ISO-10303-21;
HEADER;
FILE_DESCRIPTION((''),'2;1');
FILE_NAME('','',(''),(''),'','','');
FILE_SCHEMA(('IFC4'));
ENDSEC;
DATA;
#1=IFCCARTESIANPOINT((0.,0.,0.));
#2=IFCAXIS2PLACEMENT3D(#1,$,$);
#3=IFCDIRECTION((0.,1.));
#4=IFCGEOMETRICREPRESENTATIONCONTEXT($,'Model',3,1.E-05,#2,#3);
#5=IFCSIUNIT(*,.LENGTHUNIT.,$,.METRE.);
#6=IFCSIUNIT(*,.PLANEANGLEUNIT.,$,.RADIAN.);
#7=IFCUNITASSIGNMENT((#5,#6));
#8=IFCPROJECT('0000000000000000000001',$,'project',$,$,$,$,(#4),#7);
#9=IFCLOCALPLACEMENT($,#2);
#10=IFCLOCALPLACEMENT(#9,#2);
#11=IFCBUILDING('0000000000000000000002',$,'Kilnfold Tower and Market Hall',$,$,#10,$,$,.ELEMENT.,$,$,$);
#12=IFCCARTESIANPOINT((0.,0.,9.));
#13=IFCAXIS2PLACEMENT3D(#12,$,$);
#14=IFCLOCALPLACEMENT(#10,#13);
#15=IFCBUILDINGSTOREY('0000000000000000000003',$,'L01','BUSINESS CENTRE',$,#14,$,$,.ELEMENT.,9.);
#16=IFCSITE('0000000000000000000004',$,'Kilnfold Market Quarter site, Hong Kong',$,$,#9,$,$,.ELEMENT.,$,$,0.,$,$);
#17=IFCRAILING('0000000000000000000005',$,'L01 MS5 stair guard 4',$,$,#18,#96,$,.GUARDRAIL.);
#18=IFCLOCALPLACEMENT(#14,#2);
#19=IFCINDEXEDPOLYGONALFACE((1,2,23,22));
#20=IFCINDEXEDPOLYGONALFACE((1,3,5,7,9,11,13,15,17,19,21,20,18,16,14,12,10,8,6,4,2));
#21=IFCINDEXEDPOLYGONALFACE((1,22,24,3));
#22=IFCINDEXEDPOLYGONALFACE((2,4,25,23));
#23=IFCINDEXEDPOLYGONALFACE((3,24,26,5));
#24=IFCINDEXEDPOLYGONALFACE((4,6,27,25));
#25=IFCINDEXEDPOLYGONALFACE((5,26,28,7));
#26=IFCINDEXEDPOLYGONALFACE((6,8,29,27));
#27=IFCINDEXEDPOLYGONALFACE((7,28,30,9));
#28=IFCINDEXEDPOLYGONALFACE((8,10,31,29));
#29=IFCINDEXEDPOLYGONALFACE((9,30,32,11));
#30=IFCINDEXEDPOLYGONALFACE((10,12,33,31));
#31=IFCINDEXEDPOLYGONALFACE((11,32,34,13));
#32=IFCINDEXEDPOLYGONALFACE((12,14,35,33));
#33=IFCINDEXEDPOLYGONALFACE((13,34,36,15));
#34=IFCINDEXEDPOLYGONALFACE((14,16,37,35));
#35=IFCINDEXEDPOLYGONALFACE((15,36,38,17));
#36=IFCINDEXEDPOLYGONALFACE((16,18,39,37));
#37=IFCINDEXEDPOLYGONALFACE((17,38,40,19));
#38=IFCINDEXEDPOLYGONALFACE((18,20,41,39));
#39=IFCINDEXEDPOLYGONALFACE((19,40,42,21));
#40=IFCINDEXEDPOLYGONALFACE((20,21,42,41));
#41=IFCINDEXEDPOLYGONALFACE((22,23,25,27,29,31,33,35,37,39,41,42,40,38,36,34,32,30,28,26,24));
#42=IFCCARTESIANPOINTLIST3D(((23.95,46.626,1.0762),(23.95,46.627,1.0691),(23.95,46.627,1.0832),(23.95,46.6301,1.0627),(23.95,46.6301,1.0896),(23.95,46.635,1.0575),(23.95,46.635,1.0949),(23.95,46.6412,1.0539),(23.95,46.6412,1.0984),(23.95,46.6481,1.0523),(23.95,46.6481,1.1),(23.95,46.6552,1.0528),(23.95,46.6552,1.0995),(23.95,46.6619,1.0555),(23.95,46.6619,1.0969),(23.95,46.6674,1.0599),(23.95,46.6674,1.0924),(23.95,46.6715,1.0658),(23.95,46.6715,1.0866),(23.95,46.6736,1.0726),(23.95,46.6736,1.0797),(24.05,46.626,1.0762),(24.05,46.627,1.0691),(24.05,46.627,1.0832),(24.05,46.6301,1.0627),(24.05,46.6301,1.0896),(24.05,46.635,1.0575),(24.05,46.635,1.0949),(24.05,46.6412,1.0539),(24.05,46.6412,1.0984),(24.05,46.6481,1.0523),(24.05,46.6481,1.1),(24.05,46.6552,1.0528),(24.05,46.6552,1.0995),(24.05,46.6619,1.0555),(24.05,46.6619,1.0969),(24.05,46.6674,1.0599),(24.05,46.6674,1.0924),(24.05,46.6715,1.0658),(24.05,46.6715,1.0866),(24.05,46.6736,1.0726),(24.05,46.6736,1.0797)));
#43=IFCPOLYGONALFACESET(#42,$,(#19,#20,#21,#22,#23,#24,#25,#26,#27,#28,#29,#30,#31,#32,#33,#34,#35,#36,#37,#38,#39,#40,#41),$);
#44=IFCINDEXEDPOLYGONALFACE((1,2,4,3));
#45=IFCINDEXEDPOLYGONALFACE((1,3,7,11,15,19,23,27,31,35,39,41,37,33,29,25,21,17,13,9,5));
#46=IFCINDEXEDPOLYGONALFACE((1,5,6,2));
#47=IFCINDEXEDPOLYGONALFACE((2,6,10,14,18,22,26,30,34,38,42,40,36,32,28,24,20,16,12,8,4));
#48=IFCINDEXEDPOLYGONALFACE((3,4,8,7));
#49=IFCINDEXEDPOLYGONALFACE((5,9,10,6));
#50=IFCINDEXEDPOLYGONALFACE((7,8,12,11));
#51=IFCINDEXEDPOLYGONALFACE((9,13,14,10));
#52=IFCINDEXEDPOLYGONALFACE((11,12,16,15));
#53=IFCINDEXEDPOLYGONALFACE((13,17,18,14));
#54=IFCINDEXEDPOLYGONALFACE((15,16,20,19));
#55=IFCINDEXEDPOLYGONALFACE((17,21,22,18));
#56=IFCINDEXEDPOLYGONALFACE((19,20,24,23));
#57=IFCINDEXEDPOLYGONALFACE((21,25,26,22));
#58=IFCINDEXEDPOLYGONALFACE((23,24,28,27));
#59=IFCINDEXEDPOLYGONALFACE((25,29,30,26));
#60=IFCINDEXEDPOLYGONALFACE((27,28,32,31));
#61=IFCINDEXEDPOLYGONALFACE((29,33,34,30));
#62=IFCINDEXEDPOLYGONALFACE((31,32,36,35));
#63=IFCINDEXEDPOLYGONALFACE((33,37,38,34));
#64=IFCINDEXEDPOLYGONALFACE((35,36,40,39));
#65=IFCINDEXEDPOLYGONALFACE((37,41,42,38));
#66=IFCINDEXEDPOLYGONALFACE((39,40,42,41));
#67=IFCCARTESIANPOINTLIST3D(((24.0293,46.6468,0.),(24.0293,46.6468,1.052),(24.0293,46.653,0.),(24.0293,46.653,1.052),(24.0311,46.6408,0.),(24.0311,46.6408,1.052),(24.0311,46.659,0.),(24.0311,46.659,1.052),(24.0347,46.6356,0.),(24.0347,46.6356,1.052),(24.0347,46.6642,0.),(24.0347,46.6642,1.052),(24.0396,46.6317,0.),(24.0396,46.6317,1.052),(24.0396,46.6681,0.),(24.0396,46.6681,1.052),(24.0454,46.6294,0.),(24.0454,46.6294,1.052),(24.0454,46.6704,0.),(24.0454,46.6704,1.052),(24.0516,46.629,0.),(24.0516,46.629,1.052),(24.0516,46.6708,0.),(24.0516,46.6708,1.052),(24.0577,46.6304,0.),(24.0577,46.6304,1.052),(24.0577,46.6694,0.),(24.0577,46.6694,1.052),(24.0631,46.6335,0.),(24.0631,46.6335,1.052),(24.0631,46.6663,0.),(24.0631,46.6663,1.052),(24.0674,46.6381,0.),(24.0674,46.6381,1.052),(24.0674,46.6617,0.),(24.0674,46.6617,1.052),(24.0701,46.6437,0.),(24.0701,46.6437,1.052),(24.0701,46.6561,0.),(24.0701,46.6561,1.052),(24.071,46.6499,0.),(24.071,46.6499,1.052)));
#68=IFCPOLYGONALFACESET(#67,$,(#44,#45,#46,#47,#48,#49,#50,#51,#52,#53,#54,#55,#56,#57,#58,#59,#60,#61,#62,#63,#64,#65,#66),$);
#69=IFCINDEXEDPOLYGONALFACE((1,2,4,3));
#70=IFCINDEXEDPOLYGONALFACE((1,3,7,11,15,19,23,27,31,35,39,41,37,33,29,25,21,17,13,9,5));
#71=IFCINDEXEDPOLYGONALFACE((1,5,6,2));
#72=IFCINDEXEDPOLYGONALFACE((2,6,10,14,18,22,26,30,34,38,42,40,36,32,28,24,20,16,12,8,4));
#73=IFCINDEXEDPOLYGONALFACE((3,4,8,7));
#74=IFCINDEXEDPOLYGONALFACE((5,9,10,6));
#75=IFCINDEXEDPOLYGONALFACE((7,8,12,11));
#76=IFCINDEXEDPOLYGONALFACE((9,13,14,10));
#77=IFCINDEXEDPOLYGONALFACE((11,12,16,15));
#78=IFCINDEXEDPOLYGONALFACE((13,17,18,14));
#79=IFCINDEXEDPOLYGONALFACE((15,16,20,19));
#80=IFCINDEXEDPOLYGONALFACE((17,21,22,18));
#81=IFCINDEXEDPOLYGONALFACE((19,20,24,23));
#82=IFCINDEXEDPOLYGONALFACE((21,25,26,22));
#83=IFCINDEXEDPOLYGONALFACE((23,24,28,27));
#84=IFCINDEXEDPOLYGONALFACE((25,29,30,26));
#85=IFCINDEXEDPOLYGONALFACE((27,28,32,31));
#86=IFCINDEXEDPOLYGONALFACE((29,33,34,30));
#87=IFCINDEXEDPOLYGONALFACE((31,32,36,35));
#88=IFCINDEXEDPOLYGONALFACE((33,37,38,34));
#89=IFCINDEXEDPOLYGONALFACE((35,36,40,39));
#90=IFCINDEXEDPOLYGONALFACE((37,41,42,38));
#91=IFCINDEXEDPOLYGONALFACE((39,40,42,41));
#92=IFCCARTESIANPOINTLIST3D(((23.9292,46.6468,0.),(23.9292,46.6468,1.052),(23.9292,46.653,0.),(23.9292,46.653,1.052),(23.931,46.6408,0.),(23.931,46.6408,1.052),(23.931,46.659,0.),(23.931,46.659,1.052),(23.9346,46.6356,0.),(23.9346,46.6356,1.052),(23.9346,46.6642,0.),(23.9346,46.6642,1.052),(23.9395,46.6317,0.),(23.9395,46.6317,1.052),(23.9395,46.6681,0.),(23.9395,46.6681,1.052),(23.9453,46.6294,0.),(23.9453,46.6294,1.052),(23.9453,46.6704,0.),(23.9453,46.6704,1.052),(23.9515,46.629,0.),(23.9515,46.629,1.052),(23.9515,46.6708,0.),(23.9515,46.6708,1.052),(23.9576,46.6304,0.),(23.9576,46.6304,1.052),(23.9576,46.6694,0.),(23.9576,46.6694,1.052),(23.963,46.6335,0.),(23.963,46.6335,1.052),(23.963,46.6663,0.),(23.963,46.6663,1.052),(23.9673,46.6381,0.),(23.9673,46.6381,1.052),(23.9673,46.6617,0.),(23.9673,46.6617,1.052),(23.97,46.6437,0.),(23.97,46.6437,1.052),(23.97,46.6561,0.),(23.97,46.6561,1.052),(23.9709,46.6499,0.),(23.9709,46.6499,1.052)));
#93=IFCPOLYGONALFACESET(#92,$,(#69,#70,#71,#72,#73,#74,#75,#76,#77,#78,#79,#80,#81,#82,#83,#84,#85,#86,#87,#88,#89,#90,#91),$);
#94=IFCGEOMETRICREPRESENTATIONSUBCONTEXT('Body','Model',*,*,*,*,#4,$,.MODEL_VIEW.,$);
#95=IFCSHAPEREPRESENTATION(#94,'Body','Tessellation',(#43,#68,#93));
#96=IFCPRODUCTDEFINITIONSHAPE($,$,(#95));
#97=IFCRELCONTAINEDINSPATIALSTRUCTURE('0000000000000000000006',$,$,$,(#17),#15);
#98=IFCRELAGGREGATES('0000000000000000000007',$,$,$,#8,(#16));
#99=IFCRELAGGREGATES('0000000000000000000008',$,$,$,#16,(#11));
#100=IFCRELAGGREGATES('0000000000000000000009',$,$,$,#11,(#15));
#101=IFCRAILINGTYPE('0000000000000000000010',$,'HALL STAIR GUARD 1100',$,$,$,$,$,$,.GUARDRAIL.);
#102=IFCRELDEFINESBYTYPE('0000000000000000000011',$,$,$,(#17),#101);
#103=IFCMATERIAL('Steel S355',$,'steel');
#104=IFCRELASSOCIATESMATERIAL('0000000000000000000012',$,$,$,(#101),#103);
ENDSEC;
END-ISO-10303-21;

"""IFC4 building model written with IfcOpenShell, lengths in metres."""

from ifc_helpers import new_model, si_unit, direction, frame, origin, origin_2d, place, context, subcontext, project, spatial, circle, extrude, material, type_object, element, save


model = new_model("IFC4")

# Units and contexts
model_context = context("Model", 3, precision=1e-05, world=origin(), true_north=direction((0.0, 1.0)))
body_context = subcontext(model_context, "Body", "Model", "MODEL_VIEW")
ifc_project = project(units=[si_unit("LENGTHUNIT", "METRE"), si_unit("PLANEANGLEUNIT", "RADIAN")], contexts=[model_context])

# Site, building, storey
site_placement = place(None, origin())
site = spatial("IfcSite", under=ifc_project, at=site_placement, Name="Kilnfold Market Quarter site, Hong Kong", CompositionType="ELEMENT", RefElevation=0.0)
building_placement = place(site_placement, origin())
building = spatial("IfcBuilding", under=site, at=building_placement, Name="Kilnfold Tower and Market Hall", CompositionType="ELEMENT")
storey_placement = place(building_placement, frame((0.0, 0.0, 9.0)))
storey = spatial("IfcBuildingStorey", under=building, at=storey_placement, Name="L01", Description="BUSINESS CENTRE", CompositionType="ELEMENT", Elevation=9.0)

# Railing
ifc_material_1 = material(Name="Steel S355", Category="steel")
railing_type_1 = type_object("IfcRailingType", Name="HALL STAIR GUARD 1100", PredefinedType="GUARDRAIL", material=ifc_material_1)
railing_1_placement = place(storey_placement, frame((24.05, 46.6499, 0.0)))
element("IfcRailing", 1, at=railing_1_placement, inside=storey, type_object=railing_type_1, Name="L01 MS5 stair guard 4", PredefinedType="GUARDRAIL", context=body_context, shape_type="SweptSolid", body=[
    extrude(circle(Radius=0.0239, at=origin_2d()), frame((0.0, 0.0, 1.0762), z_axis=(-1.0, 0.0, 0.0), x_axis=(0.0, -1.0, 0.0)), (0.0, 0.0, 1.0), 0.1001),
    extrude(circle(Radius=0.021, at=origin_2d()), origin(), (0.0, 0.0, 1.0), 1.052),
    extrude(circle(Radius=0.021, at=origin_2d()), frame((-0.1001, 0.0, 0.0)), (0.0, 0.0, 1.0), 1.052),
])

save(model, "model.ifc")
